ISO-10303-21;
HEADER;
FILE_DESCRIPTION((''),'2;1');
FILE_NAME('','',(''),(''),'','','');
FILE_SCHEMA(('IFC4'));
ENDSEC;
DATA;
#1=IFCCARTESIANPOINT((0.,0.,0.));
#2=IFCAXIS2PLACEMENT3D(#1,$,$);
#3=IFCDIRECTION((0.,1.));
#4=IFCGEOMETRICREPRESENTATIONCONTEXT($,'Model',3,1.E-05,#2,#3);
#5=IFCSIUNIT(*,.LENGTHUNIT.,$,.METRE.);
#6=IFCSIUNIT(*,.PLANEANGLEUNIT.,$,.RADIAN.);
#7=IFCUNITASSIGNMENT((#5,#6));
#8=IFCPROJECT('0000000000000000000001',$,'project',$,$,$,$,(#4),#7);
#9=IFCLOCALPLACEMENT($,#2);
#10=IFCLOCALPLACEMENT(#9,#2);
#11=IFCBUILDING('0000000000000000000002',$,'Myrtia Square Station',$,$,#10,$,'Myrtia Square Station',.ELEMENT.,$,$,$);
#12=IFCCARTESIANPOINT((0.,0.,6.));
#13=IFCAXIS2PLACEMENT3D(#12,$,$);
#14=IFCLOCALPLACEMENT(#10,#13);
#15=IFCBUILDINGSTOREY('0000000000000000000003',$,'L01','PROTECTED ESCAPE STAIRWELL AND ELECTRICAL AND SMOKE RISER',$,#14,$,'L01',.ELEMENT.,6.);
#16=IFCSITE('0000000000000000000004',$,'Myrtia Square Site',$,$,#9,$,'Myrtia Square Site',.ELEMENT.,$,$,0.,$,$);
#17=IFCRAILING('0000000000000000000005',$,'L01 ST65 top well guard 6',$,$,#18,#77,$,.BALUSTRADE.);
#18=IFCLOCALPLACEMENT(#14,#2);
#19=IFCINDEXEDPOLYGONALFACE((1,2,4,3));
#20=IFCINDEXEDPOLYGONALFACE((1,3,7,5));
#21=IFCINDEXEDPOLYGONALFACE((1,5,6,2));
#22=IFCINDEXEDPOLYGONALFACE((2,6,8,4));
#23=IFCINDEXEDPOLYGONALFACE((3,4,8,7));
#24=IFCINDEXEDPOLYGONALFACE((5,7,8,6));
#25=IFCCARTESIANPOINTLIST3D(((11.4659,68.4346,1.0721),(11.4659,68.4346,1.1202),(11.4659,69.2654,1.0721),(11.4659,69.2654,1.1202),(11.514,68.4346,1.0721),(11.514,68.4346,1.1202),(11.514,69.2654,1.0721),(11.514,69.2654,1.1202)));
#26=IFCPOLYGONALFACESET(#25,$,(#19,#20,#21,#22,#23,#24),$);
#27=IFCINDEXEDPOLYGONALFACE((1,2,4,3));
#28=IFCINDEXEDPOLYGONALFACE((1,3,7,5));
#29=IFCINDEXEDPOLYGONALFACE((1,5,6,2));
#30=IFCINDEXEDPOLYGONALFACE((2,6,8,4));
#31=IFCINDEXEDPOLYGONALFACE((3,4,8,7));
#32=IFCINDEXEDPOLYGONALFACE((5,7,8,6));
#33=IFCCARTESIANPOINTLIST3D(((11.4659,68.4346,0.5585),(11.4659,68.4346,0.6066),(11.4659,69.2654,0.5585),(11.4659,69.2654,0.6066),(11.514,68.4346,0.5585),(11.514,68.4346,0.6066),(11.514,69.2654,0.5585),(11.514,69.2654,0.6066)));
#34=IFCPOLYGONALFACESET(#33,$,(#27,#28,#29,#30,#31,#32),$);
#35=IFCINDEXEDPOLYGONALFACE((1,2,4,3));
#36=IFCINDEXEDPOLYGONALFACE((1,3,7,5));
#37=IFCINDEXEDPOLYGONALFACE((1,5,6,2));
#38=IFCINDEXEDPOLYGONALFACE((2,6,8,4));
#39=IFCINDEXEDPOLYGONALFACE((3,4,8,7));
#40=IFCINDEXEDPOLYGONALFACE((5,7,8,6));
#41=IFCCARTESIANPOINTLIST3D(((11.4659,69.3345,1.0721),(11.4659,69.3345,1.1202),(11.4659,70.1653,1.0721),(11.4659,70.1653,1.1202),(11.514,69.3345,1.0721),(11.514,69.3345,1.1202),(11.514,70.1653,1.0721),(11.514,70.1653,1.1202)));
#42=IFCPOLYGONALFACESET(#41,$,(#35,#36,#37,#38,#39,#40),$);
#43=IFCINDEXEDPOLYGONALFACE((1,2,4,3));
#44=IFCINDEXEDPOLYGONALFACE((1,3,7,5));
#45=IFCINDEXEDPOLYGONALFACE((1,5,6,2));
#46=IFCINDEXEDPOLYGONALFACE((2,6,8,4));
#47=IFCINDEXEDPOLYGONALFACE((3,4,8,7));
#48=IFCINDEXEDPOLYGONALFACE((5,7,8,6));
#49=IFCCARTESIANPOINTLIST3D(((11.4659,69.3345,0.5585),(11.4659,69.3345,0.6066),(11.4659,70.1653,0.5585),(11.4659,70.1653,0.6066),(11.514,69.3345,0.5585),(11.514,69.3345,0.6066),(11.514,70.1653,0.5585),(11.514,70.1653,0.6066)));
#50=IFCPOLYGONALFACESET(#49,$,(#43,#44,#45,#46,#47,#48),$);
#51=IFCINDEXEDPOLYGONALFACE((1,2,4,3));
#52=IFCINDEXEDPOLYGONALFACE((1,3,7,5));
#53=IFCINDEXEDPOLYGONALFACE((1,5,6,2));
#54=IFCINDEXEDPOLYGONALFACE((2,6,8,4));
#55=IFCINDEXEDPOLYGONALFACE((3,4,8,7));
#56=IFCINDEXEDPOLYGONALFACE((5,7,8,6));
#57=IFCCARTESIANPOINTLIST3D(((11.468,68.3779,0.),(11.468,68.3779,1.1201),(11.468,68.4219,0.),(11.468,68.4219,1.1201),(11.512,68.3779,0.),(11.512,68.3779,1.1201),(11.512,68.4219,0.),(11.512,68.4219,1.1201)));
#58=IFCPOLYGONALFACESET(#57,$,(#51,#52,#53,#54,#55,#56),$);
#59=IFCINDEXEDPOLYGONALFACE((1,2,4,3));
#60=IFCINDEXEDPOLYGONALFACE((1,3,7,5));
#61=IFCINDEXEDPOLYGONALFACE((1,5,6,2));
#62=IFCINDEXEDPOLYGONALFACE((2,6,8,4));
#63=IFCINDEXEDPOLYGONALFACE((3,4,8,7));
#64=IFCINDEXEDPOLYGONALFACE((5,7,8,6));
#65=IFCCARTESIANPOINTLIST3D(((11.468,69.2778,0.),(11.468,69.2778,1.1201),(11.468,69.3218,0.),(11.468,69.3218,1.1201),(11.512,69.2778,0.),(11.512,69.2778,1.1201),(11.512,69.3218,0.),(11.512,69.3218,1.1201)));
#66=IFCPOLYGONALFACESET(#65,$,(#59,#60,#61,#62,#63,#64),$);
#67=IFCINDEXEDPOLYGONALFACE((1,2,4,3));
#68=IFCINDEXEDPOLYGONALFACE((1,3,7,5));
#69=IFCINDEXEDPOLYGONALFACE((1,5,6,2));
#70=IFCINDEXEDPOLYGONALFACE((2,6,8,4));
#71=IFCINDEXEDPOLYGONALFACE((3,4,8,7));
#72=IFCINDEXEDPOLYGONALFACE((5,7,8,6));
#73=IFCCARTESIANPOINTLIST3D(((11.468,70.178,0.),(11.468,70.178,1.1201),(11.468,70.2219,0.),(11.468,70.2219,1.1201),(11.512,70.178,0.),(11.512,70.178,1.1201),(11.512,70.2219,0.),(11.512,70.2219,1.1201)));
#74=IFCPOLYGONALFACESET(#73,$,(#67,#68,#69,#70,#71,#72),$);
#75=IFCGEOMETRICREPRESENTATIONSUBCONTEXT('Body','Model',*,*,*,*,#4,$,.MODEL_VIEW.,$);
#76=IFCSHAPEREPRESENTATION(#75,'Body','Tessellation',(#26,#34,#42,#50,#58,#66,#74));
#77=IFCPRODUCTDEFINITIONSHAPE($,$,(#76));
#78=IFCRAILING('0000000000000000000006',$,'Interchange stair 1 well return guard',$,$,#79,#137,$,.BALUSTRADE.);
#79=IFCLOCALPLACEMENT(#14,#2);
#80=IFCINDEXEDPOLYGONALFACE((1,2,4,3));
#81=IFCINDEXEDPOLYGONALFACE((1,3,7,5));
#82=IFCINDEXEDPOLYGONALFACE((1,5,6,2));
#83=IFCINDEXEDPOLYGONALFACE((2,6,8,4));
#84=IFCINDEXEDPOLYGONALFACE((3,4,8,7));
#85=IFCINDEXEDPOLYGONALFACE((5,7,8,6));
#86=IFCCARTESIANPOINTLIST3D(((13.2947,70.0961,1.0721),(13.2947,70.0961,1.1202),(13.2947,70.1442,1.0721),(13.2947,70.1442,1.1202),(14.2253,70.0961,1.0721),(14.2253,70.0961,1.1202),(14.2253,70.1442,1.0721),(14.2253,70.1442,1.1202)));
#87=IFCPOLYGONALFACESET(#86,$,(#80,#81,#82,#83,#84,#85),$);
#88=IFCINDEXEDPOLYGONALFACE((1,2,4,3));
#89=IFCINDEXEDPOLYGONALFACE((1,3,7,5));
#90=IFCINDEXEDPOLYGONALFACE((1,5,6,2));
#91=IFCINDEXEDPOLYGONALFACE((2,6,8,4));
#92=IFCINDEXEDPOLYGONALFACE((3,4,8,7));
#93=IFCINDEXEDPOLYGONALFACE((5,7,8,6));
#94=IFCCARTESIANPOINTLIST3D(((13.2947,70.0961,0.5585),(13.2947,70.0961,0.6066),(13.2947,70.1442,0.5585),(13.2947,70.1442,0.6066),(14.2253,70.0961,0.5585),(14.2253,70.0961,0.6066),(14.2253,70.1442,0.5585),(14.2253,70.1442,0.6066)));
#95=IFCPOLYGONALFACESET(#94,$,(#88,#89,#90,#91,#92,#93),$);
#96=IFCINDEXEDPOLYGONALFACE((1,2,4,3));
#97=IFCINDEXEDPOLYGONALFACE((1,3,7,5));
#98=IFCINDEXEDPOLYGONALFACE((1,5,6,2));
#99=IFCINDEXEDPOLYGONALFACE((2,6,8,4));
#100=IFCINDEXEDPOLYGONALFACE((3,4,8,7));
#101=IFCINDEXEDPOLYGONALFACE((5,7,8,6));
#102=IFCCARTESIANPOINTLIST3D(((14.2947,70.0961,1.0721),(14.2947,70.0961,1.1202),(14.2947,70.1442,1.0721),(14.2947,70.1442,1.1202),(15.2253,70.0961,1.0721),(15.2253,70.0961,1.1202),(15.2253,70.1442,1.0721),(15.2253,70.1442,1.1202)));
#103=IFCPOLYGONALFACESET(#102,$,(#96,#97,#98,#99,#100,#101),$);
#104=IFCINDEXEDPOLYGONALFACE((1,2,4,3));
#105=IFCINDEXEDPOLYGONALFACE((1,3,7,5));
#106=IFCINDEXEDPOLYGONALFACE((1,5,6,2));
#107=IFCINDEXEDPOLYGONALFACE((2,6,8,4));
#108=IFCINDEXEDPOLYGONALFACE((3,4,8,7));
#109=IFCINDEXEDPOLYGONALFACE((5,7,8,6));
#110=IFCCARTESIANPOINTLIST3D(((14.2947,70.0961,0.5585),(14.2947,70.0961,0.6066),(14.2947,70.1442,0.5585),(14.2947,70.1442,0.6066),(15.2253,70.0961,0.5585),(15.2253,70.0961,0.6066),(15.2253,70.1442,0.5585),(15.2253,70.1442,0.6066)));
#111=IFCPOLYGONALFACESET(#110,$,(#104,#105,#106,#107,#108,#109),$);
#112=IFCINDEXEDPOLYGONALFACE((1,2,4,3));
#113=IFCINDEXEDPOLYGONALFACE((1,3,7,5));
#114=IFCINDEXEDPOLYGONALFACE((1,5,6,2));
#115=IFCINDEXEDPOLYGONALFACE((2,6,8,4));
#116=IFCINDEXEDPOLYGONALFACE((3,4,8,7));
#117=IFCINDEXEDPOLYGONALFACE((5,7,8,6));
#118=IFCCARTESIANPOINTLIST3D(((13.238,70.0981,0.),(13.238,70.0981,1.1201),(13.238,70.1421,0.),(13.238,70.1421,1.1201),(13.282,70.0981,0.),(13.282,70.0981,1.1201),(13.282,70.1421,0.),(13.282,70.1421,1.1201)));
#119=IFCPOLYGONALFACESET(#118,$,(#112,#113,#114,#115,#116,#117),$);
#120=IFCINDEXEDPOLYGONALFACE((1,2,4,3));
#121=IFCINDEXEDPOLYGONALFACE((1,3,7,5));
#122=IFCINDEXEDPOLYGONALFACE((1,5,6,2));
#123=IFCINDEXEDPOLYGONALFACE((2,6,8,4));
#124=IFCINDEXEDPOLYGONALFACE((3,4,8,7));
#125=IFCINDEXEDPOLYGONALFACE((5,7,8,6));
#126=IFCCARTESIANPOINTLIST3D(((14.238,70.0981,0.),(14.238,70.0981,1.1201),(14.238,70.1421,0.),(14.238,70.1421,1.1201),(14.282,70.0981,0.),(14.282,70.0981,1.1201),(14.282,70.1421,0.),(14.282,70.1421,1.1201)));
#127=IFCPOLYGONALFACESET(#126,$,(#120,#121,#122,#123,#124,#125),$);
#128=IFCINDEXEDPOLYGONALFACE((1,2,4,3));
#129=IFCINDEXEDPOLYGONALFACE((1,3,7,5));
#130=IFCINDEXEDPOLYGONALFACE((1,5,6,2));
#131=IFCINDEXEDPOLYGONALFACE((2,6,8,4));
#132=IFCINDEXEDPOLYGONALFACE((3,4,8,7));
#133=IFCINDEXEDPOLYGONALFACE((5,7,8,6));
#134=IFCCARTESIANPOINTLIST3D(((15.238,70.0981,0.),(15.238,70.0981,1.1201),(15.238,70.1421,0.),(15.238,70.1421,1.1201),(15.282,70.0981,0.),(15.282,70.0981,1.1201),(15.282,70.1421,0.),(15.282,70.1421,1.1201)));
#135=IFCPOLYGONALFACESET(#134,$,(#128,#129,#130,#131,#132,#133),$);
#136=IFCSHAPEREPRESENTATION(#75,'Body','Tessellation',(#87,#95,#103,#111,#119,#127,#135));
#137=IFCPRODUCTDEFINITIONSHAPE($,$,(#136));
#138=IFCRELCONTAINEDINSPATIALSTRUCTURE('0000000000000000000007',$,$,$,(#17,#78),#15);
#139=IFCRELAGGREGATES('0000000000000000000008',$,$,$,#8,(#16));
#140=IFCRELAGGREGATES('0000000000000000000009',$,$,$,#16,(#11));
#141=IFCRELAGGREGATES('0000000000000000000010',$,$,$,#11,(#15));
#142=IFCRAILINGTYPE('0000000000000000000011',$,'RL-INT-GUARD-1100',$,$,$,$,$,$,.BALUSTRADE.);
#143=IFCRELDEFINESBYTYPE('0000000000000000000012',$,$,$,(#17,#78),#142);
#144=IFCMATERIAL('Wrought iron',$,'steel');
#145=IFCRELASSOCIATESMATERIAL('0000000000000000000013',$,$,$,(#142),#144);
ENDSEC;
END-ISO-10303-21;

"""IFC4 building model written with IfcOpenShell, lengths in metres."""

from ifc_helpers import new_model, si_unit, direction, frame, origin, origin_2d, place, context, subcontext, project, spatial, rectangle, extrude, material, type_object, element, save


model = new_model("IFC4")

# Units and contexts
model_context = context("Model", 3, precision=1e-05, world=origin(), true_north=direction((0.0, 1.0)))
body_context = subcontext(model_context, "Body", "Model", "MODEL_VIEW")
ifc_project = project(units=[si_unit("LENGTHUNIT", "METRE"), si_unit("PLANEANGLEUNIT", "RADIAN")], contexts=[model_context])

# Site, building, storey
site_placement = place(None, origin())
site = spatial("IfcSite", under=ifc_project, at=site_placement, Name="Myrtia Square Site", LongName="Myrtia Square Site", CompositionType="ELEMENT", RefElevation=0.0)
building_placement = place(site_placement, origin())
building = spatial("IfcBuilding", under=site, at=building_placement, Name="Myrtia Square Station", LongName="Myrtia Square Station", CompositionType="ELEMENT")
storey_placement = place(building_placement, frame((0.0, 0.0, 6.0)))
storey = spatial("IfcBuildingStorey", under=building, at=storey_placement, Name="L01", Description="PROTECTED ESCAPE STAIRWELL AND ELECTRICAL AND SMOKE RISER", LongName="L01", CompositionType="ELEMENT", Elevation=6.0)

# Railings
ifc_material_1 = material(Name="Wrought iron", Category="steel")
railing_type = type_object("IfcRailingType", Name="RL-INT-GUARD-1100", PredefinedType="BALUSTRADE", material=ifc_material_1)
for number, where, name in (
    (1, (11.49, 68.3999, 0.0), "L01 ST65 top well guard 6"),
):
    element("IfcRailing", number, at=place(storey_placement, frame(where)), inside=storey, type_object=railing_type, Name=name, PredefinedType="BALUSTRADE", context=body_context, shape_type="SweptSolid", body=[
        extrude(rectangle(XDim=0.0481, YDim=0.0481, at=origin_2d()), frame((0.0, 0.0347, 1.0962), z_axis=(0.0, 1.0, 0.0), x_axis=(-1.0, 0.0, 0.0)), (0.0, 0.0, 1.0), 0.8308),
        extrude(rectangle(XDim=0.0481, YDim=0.0481, at=origin_2d()), frame((0.0, 0.0347, 0.5825), z_axis=(0.0, 1.0, 0.0), x_axis=(-1.0, 0.0, 0.0)), (0.0, 0.0, 1.0), 0.8308),
        extrude(rectangle(XDim=0.0481, YDim=0.0481, at=origin_2d()), frame((0.0, 0.9346, 1.0962), z_axis=(0.0, 1.0, 0.0), x_axis=(-1.0, 0.0, 0.0)), (0.0, 0.0, 1.0), 0.8308),
        extrude(rectangle(XDim=0.0481, YDim=0.0481, at=origin_2d()), frame((0.0, 0.9346, 0.5825), z_axis=(0.0, 1.0, 0.0), x_axis=(-1.0, 0.0, 0.0)), (0.0, 0.0, 1.0), 0.8308),
        extrude(rectangle(XDim=0.0439, YDim=0.0439, at=origin_2d()), origin(), (0.0, 0.0, 1.0), 1.1201),
        extrude(rectangle(XDim=0.0439, YDim=0.0439, at=origin_2d()), frame((0.0, 0.8999, 0.0)), (0.0, 0.0, 1.0), 1.1201),
        extrude(rectangle(XDim=0.0439, YDim=0.0439, at=origin_2d()), frame((0.0, 1.8, 0.0)), (0.0, 0.0, 1.0), 1.1201),
    ])
railing_1_placement = place(storey_placement, frame((13.26, 70.1201, 0.0)))
element("IfcRailing", 2, at=railing_1_placement, inside=storey, type_object=railing_type, Name="Interchange stair 1 well return guard", PredefinedType="BALUSTRADE", context=body_context, shape_type="SweptSolid", body=[
    extrude(rectangle(XDim=0.0481, YDim=0.0481, at=origin_2d()), frame((0.0347, 0.0, 1.0962), z_axis=(1.0, 0.0, 0.0), x_axis=(0.0, 1.0, 0.0)), (0.0, 0.0, 1.0), 0.9307),
    extrude(rectangle(XDim=0.0481, YDim=0.0481, at=origin_2d()), frame((0.0347, 0.0, 0.5825), z_axis=(1.0, 0.0, 0.0), x_axis=(0.0, 1.0, 0.0)), (0.0, 0.0, 1.0), 0.9307),
    extrude(rectangle(XDim=0.0481, YDim=0.0481, at=origin_2d()), frame((1.0347, 0.0, 1.0962), z_axis=(1.0, 0.0, 0.0), x_axis=(0.0, 1.0, 0.0)), (0.0, 0.0, 1.0), 0.9307),
    extrude(rectangle(XDim=0.0481, YDim=0.0481, at=origin_2d()), frame((1.0347, 0.0, 0.5825), z_axis=(1.0, 0.0, 0.0), x_axis=(0.0, 1.0, 0.0)), (0.0, 0.0, 1.0), 0.9307),
    extrude(rectangle(XDim=0.0439, YDim=0.0439, at=origin_2d()), origin(), (0.0, 0.0, 1.0), 1.1201),
    extrude(rectangle(XDim=0.0439, YDim=0.0439, at=origin_2d()), frame((1.0, 0.0, 0.0)), (0.0, 0.0, 1.0), 1.1201),
    extrude(rectangle(XDim=0.0439, YDim=0.0439, at=origin_2d()), frame((2.0, 0.0, 0.0)), (0.0, 0.0, 1.0), 1.1201),
])

save(model, "model.ifc")
